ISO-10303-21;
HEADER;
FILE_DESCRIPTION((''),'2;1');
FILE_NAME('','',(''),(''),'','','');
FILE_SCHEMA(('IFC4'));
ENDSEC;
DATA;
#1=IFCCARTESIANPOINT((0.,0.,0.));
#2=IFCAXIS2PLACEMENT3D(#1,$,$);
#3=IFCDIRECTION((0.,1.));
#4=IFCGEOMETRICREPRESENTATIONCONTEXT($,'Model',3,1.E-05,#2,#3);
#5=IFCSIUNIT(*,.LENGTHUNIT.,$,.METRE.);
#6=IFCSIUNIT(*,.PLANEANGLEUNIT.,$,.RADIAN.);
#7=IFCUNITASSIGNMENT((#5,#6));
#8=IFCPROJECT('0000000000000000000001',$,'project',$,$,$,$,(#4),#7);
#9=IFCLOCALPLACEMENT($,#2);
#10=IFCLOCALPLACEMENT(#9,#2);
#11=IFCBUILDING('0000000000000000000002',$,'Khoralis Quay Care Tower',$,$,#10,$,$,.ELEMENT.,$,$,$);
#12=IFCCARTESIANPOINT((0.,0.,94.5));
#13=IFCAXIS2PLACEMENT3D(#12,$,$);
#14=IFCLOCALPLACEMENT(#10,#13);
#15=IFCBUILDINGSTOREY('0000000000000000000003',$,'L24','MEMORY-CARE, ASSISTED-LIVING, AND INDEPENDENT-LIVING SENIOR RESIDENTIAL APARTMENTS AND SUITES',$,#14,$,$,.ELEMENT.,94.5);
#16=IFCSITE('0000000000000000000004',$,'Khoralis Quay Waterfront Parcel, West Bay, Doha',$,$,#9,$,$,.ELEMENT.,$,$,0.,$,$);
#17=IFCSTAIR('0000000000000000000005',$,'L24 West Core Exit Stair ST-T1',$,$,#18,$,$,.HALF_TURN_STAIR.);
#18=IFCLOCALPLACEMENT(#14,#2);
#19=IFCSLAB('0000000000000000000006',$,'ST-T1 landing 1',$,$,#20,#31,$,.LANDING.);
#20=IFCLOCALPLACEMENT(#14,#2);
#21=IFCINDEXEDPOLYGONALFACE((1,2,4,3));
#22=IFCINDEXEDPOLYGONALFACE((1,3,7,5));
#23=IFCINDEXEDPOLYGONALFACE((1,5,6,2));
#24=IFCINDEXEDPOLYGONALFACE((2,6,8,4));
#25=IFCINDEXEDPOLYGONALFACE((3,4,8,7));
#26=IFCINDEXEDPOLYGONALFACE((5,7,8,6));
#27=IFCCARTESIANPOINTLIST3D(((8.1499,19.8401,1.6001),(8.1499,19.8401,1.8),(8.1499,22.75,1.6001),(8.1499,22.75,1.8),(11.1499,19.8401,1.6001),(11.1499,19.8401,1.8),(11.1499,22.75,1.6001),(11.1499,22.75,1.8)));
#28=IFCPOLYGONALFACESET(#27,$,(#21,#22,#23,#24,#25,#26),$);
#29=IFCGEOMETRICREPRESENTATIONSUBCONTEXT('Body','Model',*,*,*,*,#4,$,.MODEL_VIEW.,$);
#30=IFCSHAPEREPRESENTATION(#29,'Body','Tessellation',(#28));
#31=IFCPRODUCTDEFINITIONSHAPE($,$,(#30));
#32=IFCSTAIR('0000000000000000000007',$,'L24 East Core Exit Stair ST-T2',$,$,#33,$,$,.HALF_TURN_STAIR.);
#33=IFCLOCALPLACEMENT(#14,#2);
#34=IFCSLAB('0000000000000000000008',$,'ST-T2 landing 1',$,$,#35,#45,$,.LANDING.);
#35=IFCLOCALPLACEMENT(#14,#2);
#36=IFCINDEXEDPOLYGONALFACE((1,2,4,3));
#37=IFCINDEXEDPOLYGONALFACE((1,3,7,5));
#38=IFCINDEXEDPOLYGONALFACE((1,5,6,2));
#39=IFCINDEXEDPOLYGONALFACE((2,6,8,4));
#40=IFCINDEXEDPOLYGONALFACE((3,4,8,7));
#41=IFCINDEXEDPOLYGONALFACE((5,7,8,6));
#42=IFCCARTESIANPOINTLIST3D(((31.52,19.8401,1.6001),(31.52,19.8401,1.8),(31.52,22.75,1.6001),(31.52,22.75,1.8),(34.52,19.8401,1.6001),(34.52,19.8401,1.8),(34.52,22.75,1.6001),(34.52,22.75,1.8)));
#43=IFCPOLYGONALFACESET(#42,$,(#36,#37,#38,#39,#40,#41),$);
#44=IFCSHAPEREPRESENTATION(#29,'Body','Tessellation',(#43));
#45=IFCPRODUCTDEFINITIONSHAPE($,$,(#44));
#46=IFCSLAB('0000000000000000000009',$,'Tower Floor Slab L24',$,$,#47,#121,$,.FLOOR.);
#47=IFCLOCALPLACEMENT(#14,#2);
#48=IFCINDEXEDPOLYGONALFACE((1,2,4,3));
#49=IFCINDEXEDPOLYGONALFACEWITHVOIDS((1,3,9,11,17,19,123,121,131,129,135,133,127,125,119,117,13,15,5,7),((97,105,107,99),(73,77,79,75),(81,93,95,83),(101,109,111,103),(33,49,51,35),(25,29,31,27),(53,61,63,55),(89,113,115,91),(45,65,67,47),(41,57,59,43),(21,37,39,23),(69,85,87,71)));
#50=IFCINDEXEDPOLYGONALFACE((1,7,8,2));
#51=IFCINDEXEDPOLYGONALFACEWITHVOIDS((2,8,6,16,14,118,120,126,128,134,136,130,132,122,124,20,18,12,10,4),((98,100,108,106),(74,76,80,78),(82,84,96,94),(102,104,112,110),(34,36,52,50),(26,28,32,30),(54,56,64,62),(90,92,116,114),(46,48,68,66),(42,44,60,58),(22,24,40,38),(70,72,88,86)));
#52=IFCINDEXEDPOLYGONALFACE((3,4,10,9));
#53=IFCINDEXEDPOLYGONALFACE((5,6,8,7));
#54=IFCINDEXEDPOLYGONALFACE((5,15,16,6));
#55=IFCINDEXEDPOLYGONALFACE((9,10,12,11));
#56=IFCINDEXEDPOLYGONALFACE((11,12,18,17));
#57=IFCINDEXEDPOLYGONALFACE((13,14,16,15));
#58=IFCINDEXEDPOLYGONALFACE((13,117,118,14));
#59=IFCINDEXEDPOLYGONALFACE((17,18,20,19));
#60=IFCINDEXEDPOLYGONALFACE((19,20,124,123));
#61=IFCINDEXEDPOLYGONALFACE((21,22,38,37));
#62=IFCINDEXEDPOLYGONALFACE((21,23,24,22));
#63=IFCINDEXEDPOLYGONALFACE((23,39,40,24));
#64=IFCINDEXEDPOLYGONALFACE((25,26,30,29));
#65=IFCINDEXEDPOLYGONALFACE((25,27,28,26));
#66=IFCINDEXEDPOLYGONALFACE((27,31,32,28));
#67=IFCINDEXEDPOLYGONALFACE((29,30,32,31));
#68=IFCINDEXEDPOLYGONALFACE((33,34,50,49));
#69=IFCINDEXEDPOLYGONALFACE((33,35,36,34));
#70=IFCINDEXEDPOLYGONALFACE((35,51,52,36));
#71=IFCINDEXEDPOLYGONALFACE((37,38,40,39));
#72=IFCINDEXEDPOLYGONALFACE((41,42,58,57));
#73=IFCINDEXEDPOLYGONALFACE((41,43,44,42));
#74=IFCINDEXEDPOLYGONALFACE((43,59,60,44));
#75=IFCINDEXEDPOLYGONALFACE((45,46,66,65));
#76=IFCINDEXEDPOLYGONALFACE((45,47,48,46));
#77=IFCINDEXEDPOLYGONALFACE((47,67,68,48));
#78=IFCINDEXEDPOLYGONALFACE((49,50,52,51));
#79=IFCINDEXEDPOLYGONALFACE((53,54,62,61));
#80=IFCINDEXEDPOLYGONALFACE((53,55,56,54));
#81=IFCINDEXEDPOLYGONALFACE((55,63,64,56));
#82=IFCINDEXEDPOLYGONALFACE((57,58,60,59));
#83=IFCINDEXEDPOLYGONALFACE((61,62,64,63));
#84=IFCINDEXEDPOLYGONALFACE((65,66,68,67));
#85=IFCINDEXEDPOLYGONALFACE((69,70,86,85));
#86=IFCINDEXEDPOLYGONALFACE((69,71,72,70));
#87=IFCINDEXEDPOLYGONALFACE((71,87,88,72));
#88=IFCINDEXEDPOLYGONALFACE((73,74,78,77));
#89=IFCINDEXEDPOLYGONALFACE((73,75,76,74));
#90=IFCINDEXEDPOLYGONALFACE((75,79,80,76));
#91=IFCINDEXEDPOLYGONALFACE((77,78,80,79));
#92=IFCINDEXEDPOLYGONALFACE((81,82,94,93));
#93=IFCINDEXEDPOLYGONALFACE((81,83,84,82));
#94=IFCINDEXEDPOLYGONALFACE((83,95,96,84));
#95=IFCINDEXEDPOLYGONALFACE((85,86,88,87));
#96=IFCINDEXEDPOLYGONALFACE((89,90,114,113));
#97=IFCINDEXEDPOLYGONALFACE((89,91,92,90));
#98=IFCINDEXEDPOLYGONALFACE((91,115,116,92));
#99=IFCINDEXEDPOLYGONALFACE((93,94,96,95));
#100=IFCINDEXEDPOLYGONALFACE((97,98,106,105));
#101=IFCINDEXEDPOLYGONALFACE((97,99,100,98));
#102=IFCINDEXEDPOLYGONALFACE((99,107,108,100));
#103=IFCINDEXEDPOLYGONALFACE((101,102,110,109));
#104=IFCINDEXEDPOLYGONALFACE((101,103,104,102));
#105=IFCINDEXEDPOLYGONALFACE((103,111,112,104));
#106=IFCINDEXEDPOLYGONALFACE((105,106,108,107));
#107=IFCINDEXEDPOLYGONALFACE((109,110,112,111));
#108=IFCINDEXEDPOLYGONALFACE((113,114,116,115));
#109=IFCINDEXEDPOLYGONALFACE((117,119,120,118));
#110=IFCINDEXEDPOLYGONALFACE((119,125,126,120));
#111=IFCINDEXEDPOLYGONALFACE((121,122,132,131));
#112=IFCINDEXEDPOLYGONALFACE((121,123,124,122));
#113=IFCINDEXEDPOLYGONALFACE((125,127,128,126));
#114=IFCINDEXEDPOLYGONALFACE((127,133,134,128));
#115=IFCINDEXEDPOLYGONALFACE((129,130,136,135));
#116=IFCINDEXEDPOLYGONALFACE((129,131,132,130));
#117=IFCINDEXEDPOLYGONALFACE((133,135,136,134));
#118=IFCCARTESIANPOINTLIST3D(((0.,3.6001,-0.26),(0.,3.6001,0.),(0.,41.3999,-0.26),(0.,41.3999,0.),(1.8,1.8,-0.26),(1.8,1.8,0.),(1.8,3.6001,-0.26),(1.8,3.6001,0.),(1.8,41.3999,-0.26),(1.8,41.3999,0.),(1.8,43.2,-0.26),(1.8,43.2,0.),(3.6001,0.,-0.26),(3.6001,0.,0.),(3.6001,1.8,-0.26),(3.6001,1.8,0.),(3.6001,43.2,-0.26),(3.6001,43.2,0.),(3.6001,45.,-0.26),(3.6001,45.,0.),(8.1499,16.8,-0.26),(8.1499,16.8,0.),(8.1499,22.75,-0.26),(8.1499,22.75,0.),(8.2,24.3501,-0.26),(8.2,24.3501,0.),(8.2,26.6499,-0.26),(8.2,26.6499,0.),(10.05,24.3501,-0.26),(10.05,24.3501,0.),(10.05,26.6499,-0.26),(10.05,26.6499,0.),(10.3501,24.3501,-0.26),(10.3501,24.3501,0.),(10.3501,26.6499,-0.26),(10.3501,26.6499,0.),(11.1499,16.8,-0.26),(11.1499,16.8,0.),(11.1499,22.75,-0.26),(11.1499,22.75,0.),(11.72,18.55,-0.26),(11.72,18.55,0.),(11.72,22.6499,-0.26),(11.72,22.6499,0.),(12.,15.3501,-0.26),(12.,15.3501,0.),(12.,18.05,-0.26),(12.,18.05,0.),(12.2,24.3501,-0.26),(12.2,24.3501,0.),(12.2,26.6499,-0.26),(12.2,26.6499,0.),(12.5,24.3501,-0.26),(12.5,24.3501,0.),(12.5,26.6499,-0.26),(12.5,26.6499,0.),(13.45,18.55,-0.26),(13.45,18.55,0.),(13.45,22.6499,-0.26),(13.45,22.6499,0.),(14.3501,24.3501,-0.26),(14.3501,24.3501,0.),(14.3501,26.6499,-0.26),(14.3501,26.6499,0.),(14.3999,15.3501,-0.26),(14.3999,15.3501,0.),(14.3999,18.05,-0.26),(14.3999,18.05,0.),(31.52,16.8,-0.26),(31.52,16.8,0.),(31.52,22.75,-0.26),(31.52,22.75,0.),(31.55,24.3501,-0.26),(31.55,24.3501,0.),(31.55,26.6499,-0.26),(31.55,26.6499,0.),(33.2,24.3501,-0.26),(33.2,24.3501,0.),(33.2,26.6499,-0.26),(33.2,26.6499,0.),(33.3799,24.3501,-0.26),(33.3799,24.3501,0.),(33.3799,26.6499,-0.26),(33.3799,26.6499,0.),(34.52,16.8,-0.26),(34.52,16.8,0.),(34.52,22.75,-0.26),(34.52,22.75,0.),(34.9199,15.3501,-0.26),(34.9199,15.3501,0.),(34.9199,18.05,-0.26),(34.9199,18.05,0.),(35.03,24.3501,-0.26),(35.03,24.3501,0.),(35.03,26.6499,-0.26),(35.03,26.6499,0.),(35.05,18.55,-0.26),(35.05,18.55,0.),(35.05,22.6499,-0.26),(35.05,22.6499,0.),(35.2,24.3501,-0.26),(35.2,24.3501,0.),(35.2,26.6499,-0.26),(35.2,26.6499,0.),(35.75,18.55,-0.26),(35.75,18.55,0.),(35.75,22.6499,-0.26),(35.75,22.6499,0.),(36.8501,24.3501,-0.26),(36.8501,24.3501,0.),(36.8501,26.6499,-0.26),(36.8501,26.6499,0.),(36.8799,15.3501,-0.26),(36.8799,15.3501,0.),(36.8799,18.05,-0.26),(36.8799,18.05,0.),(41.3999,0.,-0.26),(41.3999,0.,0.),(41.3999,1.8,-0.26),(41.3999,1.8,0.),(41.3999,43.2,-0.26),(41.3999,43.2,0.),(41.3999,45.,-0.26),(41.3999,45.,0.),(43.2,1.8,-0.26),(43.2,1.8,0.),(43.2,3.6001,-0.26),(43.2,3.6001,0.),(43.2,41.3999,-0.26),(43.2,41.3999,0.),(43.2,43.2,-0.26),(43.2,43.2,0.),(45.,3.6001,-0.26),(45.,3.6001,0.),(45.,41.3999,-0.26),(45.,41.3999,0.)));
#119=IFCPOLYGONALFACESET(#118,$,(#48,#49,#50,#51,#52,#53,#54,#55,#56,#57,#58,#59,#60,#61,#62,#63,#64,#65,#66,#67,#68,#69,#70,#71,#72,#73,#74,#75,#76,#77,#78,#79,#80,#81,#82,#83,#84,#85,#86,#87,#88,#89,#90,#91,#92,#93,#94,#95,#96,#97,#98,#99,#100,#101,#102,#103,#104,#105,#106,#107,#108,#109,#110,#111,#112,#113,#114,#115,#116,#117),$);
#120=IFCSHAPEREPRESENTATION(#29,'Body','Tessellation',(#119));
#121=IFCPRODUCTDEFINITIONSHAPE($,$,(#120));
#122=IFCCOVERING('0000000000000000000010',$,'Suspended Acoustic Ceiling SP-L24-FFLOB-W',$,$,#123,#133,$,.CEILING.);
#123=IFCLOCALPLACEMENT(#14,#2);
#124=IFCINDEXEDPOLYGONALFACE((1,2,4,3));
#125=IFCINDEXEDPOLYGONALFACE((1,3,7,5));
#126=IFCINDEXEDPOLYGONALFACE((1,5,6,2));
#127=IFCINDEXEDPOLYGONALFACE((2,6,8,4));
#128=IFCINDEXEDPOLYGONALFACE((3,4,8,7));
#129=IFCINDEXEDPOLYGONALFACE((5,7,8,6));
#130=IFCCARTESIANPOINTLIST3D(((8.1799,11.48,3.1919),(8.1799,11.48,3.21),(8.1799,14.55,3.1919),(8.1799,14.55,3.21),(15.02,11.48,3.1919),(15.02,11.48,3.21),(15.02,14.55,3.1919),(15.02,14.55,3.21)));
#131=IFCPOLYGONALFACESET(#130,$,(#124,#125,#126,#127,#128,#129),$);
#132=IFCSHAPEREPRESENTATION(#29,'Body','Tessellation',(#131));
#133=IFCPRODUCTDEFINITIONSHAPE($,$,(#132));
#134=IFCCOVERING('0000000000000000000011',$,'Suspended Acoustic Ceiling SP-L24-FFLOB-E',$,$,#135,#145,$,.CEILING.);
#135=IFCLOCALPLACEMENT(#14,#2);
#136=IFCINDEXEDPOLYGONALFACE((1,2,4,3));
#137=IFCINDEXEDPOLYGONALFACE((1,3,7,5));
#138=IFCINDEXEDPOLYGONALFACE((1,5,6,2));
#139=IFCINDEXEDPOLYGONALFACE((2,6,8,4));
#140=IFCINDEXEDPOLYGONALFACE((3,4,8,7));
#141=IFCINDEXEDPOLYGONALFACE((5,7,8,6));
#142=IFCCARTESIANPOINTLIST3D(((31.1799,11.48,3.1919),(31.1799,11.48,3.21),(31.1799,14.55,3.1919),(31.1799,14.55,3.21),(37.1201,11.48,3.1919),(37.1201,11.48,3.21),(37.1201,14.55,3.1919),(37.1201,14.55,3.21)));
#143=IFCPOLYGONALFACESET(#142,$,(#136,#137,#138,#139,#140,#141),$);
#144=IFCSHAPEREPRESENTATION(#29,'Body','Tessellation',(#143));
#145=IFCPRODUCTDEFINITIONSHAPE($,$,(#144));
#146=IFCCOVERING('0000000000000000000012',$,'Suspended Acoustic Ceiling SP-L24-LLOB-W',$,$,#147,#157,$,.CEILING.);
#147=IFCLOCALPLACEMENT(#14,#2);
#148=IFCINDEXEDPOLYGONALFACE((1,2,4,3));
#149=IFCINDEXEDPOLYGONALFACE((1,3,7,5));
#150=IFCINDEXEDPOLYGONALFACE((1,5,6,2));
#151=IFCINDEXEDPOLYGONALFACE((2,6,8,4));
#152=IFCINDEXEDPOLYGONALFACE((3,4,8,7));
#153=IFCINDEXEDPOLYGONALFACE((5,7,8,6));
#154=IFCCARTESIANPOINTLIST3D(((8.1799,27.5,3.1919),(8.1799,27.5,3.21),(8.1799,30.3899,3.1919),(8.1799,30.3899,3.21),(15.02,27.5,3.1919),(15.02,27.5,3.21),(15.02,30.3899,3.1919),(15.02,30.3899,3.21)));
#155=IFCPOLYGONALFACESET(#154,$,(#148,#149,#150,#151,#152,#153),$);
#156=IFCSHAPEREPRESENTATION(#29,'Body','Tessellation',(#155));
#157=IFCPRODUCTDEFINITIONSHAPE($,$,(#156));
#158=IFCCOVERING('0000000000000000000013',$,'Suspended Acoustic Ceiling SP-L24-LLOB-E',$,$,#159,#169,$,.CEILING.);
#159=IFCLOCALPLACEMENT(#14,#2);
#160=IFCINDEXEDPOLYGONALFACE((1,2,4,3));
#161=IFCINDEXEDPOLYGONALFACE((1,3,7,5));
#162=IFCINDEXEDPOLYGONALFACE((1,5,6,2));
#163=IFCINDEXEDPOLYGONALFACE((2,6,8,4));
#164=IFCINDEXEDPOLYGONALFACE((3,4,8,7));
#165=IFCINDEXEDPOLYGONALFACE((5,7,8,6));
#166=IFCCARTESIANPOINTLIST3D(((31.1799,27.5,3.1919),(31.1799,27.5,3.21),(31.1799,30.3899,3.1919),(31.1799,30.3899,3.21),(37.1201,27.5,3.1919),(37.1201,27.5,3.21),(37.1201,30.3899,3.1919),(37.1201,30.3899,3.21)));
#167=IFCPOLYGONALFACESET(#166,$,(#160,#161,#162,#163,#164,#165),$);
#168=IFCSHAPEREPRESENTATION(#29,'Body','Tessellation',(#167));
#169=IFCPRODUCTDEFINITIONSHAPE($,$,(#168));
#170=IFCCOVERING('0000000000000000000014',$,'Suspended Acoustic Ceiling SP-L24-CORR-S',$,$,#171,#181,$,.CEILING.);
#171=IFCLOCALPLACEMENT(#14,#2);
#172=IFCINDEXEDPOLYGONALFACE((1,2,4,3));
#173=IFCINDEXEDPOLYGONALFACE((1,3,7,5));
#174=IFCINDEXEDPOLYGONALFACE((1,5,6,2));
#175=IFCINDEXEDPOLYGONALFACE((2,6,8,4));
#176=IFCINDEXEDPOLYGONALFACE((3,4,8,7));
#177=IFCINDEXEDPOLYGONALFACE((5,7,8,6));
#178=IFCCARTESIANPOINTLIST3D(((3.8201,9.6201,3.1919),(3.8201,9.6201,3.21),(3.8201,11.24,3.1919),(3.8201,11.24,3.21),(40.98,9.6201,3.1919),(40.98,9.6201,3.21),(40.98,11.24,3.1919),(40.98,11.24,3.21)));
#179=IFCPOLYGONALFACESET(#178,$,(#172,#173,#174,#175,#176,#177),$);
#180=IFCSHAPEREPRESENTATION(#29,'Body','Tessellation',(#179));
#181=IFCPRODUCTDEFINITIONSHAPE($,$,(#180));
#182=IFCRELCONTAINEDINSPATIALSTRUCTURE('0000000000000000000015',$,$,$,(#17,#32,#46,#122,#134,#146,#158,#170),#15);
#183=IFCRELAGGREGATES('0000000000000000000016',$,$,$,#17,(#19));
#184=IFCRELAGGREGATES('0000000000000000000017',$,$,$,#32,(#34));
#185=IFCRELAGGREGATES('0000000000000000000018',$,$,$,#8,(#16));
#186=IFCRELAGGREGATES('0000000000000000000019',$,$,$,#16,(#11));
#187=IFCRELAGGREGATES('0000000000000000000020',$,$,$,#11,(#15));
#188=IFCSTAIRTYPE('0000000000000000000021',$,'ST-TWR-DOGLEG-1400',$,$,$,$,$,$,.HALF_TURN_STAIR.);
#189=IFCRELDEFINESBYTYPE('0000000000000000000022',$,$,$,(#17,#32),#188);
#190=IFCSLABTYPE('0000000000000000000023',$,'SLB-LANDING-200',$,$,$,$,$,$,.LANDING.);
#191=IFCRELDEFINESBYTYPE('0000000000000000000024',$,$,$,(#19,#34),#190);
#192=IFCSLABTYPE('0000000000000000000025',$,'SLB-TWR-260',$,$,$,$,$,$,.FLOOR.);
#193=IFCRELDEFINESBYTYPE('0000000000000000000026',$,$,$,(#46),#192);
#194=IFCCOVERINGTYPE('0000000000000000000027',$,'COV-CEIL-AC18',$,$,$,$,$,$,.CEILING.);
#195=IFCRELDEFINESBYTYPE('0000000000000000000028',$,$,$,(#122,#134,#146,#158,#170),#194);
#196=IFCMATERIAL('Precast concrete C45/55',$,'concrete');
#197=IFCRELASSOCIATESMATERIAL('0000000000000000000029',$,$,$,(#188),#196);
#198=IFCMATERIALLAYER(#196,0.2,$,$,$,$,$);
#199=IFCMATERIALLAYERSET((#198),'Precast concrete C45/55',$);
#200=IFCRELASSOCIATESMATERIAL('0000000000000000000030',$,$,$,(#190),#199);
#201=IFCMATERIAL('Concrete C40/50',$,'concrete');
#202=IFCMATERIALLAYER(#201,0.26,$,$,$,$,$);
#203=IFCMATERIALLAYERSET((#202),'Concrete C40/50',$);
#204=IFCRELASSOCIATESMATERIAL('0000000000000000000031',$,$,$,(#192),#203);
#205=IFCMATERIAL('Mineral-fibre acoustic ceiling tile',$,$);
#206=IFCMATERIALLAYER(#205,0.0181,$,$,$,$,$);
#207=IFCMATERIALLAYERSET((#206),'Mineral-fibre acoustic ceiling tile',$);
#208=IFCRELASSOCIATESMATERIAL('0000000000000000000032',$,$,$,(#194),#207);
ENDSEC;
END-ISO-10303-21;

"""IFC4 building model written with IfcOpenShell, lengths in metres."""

from ifc_helpers import new_model, si_unit, direction, frame, origin, place, context, subcontext, project, spatial, polyline, outline, extrude, material, layer, layer_set, type_object, element, aggregate, save


model = new_model("IFC4")

# Units and contexts
model_context = context("Model", 3, precision=1e-05, world=origin(), true_north=direction((0.0, 1.0)))
body_context = subcontext(model_context, "Body", "Model", "MODEL_VIEW")
ifc_project = project(units=[si_unit("LENGTHUNIT", "METRE"), si_unit("PLANEANGLEUNIT", "RADIAN")], contexts=[model_context])

# Site, building, storey
site_placement = place(None, origin())
site = spatial("IfcSite", under=ifc_project, at=site_placement, Name="Khoralis Quay Waterfront Parcel, West Bay, Doha", CompositionType="ELEMENT", RefElevation=0.0)
building_placement = place(site_placement, origin())
building = spatial("IfcBuilding", under=site, at=building_placement, Name="Khoralis Quay Care Tower", CompositionType="ELEMENT")
storey_placement = place(building_placement, frame((0.0, 0.0, 94.5)))
storey = spatial("IfcBuildingStorey", under=building, at=storey_placement, Name="L24", Description="MEMORY-CARE, ASSISTED-LIVING, AND INDEPENDENT-LIVING SENIOR RESIDENTIAL APARTMENTS AND SUITES", CompositionType="ELEMENT", Elevation=94.5)

# Stairs, slabs
ifc_material_1 = material(Name="Precast concrete C45/55", Category="concrete")
stair_type = type_object("IfcStairType", Name="ST-TWR-DOGLEG-1400", PredefinedType="HALF_TURN_STAIR", material=ifc_material_1)
stair_1_placement = place(storey_placement, origin())
stair_1 = element("IfcStair", 1, at=stair_1_placement, inside=storey, type_object=stair_type, Name="L24 West Core Exit Stair ST-T1", PredefinedType="HALF_TURN_STAIR")
ifc_layer_1 = layer(ifc_material_1, 0.2)
ifc_layer_set_1 = layer_set([ifc_layer_1], Name="Precast concrete C45/55")
slab_type_1 = type_object("IfcSlabType", Name="SLB-LANDING-200", PredefinedType="LANDING", material=ifc_layer_set_1)
slab_1_placement = place(storey_placement, frame((0.0, 0.0, 1.6001)))
slab_1 = element("IfcSlab", 2, at=slab_1_placement, type_object=slab_type_1, Name="ST-T1 landing 1", PredefinedType="LANDING", context=body_context, shape_type="SweptSolid", body=[
    extrude(outline(polyline([(11.1499, 19.8401), (11.1499, 22.75), (8.1499, 22.75), (8.1499, 19.8401), (11.1499, 19.8401)])), origin(), (0.0, 0.0, 1.0), 0.2),
])
aggregate(stair_1, [slab_1])
stair_2_placement = place(storey_placement, origin())
stair_2 = element("IfcStair", 3, at=stair_2_placement, inside=storey, type_object=stair_type, Name="L24 East Core Exit Stair ST-T2", PredefinedType="HALF_TURN_STAIR")
slab_2_placement = place(storey_placement, frame((0.0, 0.0, 1.6001)))
slab_2 = element("IfcSlab", 4, at=slab_2_placement, type_object=slab_type_1, Name="ST-T2 landing 1", PredefinedType="LANDING", context=body_context, shape_type="SweptSolid", body=[
    extrude(outline(polyline([(34.52, 19.8401), (34.52, 22.75), (31.52, 22.75), (31.52, 19.8401), (34.52, 19.8401)])), origin(), (0.0, 0.0, 1.0), 0.2),
])
aggregate(stair_2, [slab_2])

# Slab
ifc_material_2 = material(Name="Concrete C40/50", Category="concrete")
ifc_layer_2 = layer(ifc_material_2, 0.26)
ifc_layer_set_2 = layer_set([ifc_layer_2], Name="Concrete C40/50")
slab_type_2 = type_object("IfcSlabType", Name="SLB-TWR-260", PredefinedType="FLOOR", material=ifc_layer_set_2)
slab_3_placement = place(storey_placement, frame((0.0, 0.0, -0.26)))
element("IfcSlab", 5, at=slab_3_placement, inside=storey, type_object=slab_type_2, Name="Tower Floor Slab L24", PredefinedType="FLOOR", context=body_context, shape_type="SweptSolid", body=[
    extrude(outline(polyline([(3.6001, 0.0), (41.3999, 0.0), (41.3999, 1.8), (43.2, 1.8), (43.2, 3.6001), (45.0, 3.6001), (45.0, 41.3999), (43.2, 41.3999), (43.2, 43.2), (41.3999, 43.2), (41.3999, 45.0), (3.6001, 45.0), (3.6001, 43.2), (1.8, 43.2), (1.8, 41.3999), (0.0, 41.3999), (0.0, 3.6001), (1.8, 3.6001), (1.8, 1.8), (3.6001, 1.8), (3.6001, 0.0)]), holes=[polyline([(11.1499, 16.8), (11.1499, 22.75), (8.1499, 22.75), (8.1499, 16.8), (11.1499, 16.8)]), polyline([(34.52, 16.8), (34.52, 22.75), (31.52, 22.75), (31.52, 16.8), (34.52, 16.8)]), polyline([(12.0, 15.3501), (14.3999, 15.3501), (14.3999, 18.05), (12.0, 18.05), (12.0, 15.3501)]), polyline([(34.9199, 15.3501), (36.8799, 15.3501), (36.8799, 18.05), (34.9199, 18.05), (34.9199, 15.3501)]), polyline([(8.2, 24.3501), (10.05, 24.3501), (10.05, 26.6499), (8.2, 26.6499), (8.2, 24.3501)]), polyline([(31.55, 24.3501), (33.2, 24.3501), (33.2, 26.6499), (31.55, 26.6499), (31.55, 24.3501)]), polyline([(10.3501, 24.3501), (12.2, 24.3501), (12.2, 26.6499), (10.3501, 26.6499), (10.3501, 24.3501)]), polyline([(33.3799, 24.3501), (35.03, 24.3501), (35.03, 26.6499), (33.3799, 26.6499), (33.3799, 24.3501)]), polyline([(12.5, 24.3501), (14.3501, 24.3501), (14.3501, 26.6499), (12.5, 26.6499), (12.5, 24.3501)]), polyline([(35.2, 24.3501), (36.8501, 24.3501), (36.8501, 26.6499), (35.2, 26.6499), (35.2, 24.3501)]), polyline([(11.72, 18.55), (13.45, 18.55), (13.45, 22.6499), (11.72, 22.6499), (11.72, 18.55)]), polyline([(35.05, 18.55), (35.75, 18.55), (35.75, 22.6499), (35.05, 22.6499), (35.05, 18.55)])]), origin(), (0.0, 0.0, 1.0), 0.26),
])

# Coverings
ifc_material_3 = material(Name="Mineral-fibre acoustic ceiling tile")
ifc_layer_3 = layer(ifc_material_3, 0.0181)
ifc_layer_set_3 = layer_set([ifc_layer_3], Name="Mineral-fibre acoustic ceiling tile")
covering_type_1 = type_object("IfcCoveringType", Name="COV-CEIL-AC18", PredefinedType="CEILING", material=ifc_layer_set_3)
covering_1_placement = place(storey_placement, frame((0.0, 0.0, 3.1919)))
element("IfcCovering", 6, at=covering_1_placement, inside=storey, type_object=covering_type_1, Name="Suspended Acoustic Ceiling SP-L24-FFLOB-W", PredefinedType="CEILING", context=body_context, shape_type="SweptSolid", body=[
    extrude(outline(polyline([(8.1799, 11.48), (15.02, 11.48), (15.02, 14.55), (8.1799, 14.55), (8.1799, 11.48)])), origin(), (0.0, 0.0, 1.0), 0.0181),
])
covering_2_placement = place(storey_placement, frame((0.0, 0.0, 3.1919)))
element("IfcCovering", 7, at=covering_2_placement, inside=storey, type_object=covering_type_1, Name="Suspended Acoustic Ceiling SP-L24-FFLOB-E", PredefinedType="CEILING", context=body_context, shape_type="SweptSolid", body=[
    extrude(outline(polyline([(31.1799, 11.48), (37.1201, 11.48), (37.1201, 14.55), (31.1799, 14.55), (31.1799, 11.48)])), origin(), (0.0, 0.0, 1.0), 0.0181),
])
covering_3_placement = place(storey_placement, frame((0.0, 0.0, 3.1919)))
element("IfcCovering", 8, at=covering_3_placement, inside=storey, type_object=covering_type_1, Name="Suspended Acoustic Ceiling SP-L24-LLOB-W", PredefinedType="CEILING", context=body_context, shape_type="SweptSolid", body=[
    extrude(outline(polyline([(8.1799, 27.5), (15.02, 27.5), (15.02, 30.3899), (8.1799, 30.3899), (8.1799, 27.5)])), origin(), (0.0, 0.0, 1.0), 0.0181),
])
covering_4_placement = place(storey_placement, frame((0.0, 0.0, 3.1919)))
element("IfcCovering", 9, at=covering_4_placement, inside=storey, type_object=covering_type_1, Name="Suspended Acoustic Ceiling SP-L24-LLOB-E", PredefinedType="CEILING", context=body_context, shape_type="SweptSolid", body=[
    extrude(outline(polyline([(31.1799, 27.5), (37.1201, 27.5), (37.1201, 30.3899), (31.1799, 30.3899), (31.1799, 27.5)])), origin(), (0.0, 0.0, 1.0), 0.0181),
])
covering_5_placement = place(storey_placement, frame((0.0, 0.0, 3.1919)))
element("IfcCovering", 10, at=covering_5_placement, inside=storey, type_object=covering_type_1, Name="Suspended Acoustic Ceiling SP-L24-CORR-S", PredefinedType="CEILING", context=body_context, shape_type="SweptSolid", body=[
    extrude(outline(polyline([(3.8201, 9.6201), (40.98, 9.6201), (40.98, 11.24), (3.8201, 11.24), (3.8201, 9.6201)])), origin(), (0.0, 0.0, 1.0), 0.0181),
])

save(model, "model.ifc")
